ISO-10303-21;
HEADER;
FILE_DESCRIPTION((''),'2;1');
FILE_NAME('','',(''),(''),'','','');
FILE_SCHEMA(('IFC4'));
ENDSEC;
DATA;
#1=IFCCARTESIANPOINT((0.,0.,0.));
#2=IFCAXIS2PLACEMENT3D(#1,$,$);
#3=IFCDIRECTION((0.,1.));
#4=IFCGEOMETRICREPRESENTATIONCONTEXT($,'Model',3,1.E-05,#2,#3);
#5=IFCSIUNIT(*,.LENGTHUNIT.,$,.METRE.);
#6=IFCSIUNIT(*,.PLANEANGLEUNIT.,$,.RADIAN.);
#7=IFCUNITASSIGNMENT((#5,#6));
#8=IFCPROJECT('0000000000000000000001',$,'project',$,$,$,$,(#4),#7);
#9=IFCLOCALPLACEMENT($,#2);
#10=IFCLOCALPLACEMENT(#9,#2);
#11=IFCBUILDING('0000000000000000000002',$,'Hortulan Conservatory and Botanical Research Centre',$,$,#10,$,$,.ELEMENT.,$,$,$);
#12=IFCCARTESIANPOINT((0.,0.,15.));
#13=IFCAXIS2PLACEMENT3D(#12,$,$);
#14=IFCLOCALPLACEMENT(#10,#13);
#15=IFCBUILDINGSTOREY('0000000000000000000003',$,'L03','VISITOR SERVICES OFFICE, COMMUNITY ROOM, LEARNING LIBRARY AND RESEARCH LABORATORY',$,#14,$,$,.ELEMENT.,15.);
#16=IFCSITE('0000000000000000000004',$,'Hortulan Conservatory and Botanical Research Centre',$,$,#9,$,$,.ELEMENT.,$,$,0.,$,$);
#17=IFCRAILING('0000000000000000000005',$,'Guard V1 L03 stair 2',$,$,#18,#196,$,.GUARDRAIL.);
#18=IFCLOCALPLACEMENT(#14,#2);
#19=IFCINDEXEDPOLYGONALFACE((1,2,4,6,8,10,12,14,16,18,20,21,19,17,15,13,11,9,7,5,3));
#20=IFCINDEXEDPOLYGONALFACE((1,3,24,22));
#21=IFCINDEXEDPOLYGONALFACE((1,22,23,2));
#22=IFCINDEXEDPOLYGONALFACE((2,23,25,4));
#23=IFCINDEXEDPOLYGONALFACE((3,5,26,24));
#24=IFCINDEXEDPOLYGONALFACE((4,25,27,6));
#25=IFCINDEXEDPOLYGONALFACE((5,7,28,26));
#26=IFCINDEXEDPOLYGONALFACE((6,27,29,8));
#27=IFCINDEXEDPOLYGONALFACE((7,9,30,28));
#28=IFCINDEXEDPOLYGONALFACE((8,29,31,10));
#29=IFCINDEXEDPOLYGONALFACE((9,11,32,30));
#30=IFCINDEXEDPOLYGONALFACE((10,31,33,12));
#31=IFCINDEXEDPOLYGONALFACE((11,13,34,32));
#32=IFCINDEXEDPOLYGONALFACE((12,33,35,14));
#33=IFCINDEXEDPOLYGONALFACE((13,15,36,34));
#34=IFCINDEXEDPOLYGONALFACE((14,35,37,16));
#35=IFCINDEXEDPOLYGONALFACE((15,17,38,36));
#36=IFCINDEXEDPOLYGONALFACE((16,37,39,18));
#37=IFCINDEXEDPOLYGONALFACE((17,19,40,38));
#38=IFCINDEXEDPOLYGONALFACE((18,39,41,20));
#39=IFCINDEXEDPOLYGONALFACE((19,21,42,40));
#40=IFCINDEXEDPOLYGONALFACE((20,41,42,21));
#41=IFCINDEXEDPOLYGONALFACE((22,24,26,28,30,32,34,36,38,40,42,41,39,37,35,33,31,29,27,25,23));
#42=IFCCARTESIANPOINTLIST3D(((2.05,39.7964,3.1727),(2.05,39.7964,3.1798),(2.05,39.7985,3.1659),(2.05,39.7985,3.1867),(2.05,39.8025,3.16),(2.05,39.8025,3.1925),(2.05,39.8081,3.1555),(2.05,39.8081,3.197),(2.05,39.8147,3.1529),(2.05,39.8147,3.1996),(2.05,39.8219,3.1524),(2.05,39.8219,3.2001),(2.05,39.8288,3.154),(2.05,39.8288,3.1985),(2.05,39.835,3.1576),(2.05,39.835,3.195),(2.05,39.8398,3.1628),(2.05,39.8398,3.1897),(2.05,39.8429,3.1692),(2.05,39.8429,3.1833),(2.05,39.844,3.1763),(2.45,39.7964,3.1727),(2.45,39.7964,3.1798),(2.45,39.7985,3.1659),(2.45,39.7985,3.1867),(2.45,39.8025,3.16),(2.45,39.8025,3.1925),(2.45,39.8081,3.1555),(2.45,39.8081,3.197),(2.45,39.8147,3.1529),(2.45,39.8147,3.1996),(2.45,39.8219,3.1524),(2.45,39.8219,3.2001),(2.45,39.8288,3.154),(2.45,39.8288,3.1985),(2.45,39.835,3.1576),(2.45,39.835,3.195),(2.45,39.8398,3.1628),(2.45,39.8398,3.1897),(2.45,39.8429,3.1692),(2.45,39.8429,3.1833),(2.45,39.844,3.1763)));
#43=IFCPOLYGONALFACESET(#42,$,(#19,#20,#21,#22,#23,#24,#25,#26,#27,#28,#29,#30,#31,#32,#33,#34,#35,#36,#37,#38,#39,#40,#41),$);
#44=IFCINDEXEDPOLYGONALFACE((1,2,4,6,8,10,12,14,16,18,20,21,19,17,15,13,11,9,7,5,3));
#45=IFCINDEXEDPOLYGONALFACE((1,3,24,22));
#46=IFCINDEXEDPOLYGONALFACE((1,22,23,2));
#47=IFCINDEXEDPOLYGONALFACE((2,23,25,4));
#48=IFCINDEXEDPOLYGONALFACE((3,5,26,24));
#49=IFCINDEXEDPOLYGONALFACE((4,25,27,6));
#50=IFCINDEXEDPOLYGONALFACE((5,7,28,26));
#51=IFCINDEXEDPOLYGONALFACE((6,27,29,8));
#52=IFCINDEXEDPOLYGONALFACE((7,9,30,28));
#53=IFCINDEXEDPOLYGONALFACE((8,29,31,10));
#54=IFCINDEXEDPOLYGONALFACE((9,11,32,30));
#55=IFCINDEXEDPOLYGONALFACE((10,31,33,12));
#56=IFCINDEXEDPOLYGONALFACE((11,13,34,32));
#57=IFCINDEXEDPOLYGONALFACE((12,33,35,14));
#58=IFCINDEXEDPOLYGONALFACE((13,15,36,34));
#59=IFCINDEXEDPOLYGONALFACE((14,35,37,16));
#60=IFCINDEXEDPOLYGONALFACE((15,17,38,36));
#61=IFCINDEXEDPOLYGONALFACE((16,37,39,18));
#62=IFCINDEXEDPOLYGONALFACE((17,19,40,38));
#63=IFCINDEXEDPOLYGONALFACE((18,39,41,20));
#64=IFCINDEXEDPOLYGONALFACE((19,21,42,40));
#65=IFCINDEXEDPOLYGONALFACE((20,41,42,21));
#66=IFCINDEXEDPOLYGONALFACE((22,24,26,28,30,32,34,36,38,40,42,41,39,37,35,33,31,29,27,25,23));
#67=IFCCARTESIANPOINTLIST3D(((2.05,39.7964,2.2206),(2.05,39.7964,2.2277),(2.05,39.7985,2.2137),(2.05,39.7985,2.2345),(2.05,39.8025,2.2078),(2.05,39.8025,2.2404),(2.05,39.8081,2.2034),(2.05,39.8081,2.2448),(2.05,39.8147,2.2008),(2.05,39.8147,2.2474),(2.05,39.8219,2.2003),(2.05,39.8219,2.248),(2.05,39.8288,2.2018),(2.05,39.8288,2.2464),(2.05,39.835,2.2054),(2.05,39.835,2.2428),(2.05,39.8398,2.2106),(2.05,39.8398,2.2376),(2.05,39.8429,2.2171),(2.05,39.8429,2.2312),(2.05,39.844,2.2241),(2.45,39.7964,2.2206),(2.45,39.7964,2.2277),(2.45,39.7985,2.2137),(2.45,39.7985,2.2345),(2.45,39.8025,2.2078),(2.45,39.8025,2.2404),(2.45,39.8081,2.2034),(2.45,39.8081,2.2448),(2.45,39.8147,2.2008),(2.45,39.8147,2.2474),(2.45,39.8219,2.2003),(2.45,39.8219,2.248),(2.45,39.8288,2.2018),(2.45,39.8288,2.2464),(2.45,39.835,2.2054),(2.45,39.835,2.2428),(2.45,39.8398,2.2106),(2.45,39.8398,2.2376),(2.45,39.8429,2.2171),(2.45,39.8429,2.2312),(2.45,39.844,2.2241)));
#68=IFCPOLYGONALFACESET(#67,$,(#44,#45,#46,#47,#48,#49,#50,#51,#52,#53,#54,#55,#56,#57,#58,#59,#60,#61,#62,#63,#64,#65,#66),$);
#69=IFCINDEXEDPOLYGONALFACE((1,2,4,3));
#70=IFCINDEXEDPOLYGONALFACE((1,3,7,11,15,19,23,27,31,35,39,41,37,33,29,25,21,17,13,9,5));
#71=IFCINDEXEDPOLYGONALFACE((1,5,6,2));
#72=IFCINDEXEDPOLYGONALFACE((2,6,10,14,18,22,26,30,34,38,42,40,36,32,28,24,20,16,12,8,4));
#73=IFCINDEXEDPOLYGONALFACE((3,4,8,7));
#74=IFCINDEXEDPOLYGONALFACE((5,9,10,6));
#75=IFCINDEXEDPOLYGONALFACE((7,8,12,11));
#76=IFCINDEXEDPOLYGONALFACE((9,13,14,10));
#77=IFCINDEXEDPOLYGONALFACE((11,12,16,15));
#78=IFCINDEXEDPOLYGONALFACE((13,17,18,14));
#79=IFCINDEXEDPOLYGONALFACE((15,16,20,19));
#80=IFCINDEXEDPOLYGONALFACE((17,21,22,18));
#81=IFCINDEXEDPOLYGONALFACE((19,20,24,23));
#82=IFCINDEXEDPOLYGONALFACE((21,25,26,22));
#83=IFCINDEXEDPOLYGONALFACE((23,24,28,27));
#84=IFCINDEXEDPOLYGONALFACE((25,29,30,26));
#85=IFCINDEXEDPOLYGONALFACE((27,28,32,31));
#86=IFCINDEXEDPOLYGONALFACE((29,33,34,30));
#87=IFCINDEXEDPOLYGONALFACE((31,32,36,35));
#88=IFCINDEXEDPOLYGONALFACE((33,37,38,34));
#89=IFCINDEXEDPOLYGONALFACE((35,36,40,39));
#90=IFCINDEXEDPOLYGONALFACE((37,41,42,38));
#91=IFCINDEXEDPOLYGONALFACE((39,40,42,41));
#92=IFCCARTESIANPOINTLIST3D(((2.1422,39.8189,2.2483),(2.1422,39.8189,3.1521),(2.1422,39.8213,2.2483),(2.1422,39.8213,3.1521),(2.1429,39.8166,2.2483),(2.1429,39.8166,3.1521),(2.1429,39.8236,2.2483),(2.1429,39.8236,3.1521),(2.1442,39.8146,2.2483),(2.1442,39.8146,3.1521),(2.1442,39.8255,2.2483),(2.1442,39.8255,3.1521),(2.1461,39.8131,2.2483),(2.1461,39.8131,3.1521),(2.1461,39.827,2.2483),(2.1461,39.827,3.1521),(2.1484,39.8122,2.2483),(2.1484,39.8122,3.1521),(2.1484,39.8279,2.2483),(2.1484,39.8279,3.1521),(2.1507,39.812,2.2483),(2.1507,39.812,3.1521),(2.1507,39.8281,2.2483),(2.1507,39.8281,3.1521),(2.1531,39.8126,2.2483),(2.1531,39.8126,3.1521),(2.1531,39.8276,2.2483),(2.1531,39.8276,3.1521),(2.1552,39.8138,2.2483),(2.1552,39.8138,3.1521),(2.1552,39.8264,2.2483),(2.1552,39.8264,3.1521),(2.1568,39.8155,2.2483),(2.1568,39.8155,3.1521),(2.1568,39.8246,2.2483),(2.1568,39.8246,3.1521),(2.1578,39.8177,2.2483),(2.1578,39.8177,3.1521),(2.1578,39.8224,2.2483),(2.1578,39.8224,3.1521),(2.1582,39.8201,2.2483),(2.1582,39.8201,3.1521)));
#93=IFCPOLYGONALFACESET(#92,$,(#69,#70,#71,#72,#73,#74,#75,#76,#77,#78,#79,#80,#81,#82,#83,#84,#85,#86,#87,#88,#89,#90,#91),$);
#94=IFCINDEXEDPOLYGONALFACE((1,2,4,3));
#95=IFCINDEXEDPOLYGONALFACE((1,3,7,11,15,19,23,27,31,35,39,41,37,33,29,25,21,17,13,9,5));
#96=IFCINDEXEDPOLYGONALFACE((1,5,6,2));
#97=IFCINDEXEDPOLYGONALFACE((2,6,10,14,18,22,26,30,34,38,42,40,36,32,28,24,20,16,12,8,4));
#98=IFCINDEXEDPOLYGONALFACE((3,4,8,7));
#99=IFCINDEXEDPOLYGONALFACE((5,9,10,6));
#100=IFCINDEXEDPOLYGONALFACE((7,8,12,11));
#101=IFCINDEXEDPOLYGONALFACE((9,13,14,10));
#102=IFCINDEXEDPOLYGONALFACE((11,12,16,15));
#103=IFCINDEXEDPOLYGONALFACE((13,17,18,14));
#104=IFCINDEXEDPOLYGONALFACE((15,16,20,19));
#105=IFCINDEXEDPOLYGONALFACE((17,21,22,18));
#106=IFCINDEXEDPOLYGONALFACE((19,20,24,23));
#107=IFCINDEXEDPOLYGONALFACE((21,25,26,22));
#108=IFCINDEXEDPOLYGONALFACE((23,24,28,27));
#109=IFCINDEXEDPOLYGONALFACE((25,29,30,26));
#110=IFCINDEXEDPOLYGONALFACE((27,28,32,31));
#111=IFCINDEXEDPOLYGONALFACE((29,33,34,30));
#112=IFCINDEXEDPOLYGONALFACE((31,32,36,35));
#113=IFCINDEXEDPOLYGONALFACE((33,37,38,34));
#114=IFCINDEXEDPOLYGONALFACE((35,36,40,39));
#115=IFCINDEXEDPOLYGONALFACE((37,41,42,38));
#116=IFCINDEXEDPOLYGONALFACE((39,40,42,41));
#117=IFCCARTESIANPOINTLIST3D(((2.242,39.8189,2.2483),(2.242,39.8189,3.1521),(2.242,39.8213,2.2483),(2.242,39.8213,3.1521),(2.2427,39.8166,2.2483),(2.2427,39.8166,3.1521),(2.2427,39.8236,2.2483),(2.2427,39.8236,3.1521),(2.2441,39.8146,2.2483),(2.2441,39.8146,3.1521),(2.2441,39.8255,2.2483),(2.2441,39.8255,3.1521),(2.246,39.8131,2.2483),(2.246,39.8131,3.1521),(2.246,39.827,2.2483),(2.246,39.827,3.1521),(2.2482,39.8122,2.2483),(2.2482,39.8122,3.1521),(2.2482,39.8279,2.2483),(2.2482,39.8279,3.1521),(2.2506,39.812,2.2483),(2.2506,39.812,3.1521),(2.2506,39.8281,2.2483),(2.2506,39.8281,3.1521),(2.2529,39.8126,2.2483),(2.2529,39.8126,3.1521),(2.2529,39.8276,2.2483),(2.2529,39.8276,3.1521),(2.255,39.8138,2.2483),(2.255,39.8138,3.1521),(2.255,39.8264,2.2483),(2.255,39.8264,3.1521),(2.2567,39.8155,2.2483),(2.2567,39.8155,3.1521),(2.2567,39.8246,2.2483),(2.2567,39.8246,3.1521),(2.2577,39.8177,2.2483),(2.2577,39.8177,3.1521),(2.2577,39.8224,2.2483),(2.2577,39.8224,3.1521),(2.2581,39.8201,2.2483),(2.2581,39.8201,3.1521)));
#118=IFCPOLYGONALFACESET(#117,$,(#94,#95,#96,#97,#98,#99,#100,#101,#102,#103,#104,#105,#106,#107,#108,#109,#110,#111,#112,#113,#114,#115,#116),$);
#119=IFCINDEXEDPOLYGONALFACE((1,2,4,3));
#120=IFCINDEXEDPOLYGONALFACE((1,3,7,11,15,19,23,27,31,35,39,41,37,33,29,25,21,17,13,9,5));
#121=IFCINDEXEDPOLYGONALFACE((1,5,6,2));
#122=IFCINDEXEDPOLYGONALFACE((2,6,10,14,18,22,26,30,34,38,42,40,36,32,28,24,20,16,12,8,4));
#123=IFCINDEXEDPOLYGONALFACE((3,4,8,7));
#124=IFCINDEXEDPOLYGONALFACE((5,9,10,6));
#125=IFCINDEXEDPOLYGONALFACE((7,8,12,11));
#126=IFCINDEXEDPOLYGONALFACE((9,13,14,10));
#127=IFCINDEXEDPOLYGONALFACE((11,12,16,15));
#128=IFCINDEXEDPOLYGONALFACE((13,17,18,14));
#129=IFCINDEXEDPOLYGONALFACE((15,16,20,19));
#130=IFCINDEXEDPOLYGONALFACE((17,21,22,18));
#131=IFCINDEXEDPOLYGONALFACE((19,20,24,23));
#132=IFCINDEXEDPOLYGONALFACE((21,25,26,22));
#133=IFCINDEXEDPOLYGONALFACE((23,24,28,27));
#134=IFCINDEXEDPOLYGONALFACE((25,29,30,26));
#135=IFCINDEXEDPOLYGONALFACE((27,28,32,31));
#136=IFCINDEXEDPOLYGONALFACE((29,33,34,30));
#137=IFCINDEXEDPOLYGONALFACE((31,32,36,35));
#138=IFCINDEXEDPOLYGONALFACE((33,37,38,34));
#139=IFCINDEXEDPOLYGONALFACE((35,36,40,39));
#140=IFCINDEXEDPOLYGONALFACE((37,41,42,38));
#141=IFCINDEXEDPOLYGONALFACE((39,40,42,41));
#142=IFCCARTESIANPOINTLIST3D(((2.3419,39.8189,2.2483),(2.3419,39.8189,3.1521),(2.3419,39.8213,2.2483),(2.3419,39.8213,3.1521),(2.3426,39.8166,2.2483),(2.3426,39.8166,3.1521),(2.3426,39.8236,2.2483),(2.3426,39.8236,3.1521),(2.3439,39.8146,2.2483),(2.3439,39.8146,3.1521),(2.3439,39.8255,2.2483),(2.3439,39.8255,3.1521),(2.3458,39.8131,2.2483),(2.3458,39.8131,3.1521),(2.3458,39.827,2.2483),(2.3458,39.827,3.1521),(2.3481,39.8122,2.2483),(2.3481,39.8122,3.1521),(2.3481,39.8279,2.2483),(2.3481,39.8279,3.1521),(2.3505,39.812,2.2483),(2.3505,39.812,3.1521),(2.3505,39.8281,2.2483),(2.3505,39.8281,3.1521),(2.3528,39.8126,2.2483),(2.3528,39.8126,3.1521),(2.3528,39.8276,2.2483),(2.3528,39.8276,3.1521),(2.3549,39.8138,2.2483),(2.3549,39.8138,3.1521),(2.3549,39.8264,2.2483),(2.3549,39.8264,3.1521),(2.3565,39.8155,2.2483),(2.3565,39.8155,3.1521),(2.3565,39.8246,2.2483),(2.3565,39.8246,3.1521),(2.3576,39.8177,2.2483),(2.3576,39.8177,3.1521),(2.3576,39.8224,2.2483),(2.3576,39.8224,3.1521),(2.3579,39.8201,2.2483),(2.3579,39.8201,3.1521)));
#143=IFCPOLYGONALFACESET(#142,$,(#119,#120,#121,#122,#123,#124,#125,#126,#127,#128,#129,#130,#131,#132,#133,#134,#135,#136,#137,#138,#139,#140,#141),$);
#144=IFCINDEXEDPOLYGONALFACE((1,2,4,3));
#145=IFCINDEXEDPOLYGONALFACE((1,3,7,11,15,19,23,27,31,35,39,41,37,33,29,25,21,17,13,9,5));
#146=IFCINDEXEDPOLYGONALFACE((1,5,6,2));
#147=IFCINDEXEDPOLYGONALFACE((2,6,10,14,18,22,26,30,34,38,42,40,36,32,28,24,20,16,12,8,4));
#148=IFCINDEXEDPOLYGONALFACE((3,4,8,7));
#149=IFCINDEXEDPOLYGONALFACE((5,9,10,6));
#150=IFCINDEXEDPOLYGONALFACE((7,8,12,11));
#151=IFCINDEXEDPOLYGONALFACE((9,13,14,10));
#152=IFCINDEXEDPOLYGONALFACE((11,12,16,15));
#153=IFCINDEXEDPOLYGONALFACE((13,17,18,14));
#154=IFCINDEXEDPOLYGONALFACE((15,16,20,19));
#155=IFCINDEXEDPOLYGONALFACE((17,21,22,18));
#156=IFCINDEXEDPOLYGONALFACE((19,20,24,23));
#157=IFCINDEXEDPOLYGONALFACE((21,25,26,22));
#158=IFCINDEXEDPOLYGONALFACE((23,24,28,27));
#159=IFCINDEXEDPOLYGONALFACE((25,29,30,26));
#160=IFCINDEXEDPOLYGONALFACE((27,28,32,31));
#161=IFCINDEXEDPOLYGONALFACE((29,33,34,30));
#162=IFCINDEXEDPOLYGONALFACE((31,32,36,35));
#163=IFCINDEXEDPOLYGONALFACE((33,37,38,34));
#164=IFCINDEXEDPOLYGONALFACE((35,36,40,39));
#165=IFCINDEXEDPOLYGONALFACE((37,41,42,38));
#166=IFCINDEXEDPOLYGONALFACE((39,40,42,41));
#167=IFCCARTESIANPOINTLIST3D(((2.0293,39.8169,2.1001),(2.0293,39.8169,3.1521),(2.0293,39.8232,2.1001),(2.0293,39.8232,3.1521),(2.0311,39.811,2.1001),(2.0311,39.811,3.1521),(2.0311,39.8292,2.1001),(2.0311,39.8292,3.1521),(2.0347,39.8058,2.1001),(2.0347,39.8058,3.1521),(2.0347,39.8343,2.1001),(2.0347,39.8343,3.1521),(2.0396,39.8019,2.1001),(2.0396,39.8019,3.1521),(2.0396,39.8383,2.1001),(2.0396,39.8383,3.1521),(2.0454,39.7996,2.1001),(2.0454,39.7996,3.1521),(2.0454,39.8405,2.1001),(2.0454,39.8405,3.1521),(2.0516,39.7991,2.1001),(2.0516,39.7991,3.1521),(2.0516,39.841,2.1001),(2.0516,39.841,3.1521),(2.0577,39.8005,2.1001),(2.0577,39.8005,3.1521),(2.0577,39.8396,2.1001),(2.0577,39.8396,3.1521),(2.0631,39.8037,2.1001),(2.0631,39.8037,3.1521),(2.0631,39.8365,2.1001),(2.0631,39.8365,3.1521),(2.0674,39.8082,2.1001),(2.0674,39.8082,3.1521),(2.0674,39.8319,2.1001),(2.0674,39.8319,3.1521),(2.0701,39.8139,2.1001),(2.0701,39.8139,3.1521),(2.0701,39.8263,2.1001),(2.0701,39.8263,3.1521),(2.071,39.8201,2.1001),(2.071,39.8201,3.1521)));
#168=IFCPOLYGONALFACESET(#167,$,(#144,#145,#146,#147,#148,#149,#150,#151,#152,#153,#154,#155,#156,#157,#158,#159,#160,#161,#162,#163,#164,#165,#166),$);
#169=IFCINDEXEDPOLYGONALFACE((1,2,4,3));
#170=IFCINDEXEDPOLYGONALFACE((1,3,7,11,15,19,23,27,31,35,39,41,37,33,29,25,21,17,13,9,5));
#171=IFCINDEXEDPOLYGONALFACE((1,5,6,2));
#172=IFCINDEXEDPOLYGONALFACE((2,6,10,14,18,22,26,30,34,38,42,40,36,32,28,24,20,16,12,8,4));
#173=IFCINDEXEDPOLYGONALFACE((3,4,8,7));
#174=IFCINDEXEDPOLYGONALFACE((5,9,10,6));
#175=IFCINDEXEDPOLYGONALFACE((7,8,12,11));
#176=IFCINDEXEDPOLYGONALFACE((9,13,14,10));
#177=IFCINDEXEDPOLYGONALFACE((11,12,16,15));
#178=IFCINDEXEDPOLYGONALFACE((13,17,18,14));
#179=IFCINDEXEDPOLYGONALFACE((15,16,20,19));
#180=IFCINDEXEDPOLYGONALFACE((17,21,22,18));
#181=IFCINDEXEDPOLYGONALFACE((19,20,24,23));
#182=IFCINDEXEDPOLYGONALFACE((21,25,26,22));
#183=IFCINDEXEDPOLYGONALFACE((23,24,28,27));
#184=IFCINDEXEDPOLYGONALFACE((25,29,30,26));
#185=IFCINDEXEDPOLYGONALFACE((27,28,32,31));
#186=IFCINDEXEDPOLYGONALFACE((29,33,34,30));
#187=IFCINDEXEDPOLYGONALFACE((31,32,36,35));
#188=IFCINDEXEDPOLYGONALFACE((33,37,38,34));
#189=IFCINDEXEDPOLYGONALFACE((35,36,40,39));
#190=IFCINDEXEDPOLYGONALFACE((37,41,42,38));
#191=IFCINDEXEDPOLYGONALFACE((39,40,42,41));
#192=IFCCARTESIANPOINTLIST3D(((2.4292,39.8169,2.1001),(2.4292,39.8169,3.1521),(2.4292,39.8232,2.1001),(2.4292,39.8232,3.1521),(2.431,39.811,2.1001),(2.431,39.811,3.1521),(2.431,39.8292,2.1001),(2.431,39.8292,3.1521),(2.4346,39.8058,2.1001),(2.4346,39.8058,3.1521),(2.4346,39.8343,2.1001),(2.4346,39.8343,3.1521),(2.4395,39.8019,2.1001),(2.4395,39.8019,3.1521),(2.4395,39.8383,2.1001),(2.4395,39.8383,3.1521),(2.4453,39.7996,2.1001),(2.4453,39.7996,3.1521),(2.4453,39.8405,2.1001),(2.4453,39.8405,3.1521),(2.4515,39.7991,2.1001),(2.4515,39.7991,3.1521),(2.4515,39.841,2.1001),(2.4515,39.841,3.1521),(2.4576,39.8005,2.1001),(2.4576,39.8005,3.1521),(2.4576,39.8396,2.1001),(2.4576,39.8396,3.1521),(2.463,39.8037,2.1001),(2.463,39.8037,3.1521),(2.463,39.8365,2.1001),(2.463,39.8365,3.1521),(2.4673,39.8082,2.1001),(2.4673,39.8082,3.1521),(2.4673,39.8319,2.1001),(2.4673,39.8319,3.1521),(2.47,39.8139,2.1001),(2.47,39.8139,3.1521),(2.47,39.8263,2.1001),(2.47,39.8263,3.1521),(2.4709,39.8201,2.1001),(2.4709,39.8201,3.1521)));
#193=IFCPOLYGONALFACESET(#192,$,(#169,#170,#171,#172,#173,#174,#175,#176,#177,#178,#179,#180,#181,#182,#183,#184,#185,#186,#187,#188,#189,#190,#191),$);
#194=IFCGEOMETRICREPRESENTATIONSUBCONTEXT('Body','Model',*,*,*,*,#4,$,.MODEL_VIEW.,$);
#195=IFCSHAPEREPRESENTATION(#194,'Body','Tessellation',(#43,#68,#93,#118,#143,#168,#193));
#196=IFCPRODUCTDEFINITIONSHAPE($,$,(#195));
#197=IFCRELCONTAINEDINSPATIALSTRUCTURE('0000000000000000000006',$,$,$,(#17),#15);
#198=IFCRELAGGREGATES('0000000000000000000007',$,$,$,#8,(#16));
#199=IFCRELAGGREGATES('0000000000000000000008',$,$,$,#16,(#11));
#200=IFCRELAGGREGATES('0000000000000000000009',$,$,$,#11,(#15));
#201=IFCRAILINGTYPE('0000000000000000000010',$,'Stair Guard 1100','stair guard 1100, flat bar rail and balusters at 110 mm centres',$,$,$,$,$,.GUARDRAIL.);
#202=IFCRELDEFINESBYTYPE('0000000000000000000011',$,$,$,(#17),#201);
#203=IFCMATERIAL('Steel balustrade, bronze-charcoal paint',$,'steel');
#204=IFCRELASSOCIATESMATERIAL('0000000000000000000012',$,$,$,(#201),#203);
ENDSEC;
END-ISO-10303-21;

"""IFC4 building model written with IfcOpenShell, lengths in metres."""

from ifc_helpers import new_model, si_unit, direction, frame, origin, origin_2d, place, context, subcontext, project, spatial, circle, extrude, material, type_object, element, save


model = new_model("IFC4")

# Units and contexts
model_context = context("Model", 3, precision=1e-05, world=origin(), true_north=direction((0.0, 1.0)))
body_context = subcontext(model_context, "Body", "Model", "MODEL_VIEW")
ifc_project = project(units=[si_unit("LENGTHUNIT", "METRE"), si_unit("PLANEANGLEUNIT", "RADIAN")], contexts=[model_context])

# Site, building, storey
site_placement = place(None, origin())
site = spatial("IfcSite", under=ifc_project, at=site_placement, Name="Hortulan Conservatory and Botanical Research Centre", CompositionType="ELEMENT", RefElevation=0.0)
building_placement = place(site_placement, origin())
building = spatial("IfcBuilding", under=site, at=building_placement, Name="Hortulan Conservatory and Botanical Research Centre", CompositionType="ELEMENT")
storey_placement = place(building_placement, frame((0.0, 0.0, 15.0)))
storey = spatial("IfcBuildingStorey", under=building, at=storey_placement, Name="L03", Description="VISITOR SERVICES OFFICE, COMMUNITY ROOM, LEARNING LIBRARY AND RESEARCH LABORATORY", CompositionType="ELEMENT", Elevation=15.0)

# Railing
ifc_material_1 = material(Name="Steel balustrade, bronze-charcoal paint", Category="steel")
railing_type_1 = type_object("IfcRailingType", Name="Stair Guard 1100", Description="stair guard 1100, flat bar rail and balusters at 110 mm centres", PredefinedType="GUARDRAIL", material=ifc_material_1)
railing_1_placement = place(storey_placement, frame((2.05, 39.8201, 2.1001)))
element("IfcRailing", 1, at=railing_1_placement, inside=storey, type_object=railing_type_1, Name="Guard V1 L03 stair 2", PredefinedType="GUARDRAIL", context=body_context, shape_type="SweptSolid", body=[
    extrude(circle(Radius=0.0239, at=origin_2d()), frame((0.0, 0.0, 1.0762), z_axis=(1.0, 0.0, 0.0), x_axis=(0.0, 1.0, 0.0)), (0.0, 0.0, 1.0), 0.3999),
    extrude(circle(Radius=0.0239, at=origin_2d()), frame((0.0, 0.0, 0.124), z_axis=(1.0, 0.0, 0.0), x_axis=(0.0, 1.0, 0.0)), (0.0, 0.0, 1.0), 0.3999),
    extrude(circle(Radius=0.0081, at=origin_2d()), frame((0.1001, 0.0, 0.1482)), (0.0, 0.0, 1.0), 0.9038),
    extrude(circle(Radius=0.0081, at=origin_2d()), frame((0.2, 0.0, 0.1482)), (0.0, 0.0, 1.0), 0.9038),
    extrude(circle(Radius=0.0081, at=origin_2d()), frame((0.2998, 0.0, 0.1482)), (0.0, 0.0, 1.0), 0.9038),
    extrude(circle(Radius=0.021, at=origin_2d()), origin(), (0.0, 0.0, 1.0), 1.052),
    extrude(circle(Radius=0.021, at=origin_2d()), frame((0.3999, 0.0, 0.0)), (0.0, 0.0, 1.0), 1.052),
])

save(model, "model.ifc")
